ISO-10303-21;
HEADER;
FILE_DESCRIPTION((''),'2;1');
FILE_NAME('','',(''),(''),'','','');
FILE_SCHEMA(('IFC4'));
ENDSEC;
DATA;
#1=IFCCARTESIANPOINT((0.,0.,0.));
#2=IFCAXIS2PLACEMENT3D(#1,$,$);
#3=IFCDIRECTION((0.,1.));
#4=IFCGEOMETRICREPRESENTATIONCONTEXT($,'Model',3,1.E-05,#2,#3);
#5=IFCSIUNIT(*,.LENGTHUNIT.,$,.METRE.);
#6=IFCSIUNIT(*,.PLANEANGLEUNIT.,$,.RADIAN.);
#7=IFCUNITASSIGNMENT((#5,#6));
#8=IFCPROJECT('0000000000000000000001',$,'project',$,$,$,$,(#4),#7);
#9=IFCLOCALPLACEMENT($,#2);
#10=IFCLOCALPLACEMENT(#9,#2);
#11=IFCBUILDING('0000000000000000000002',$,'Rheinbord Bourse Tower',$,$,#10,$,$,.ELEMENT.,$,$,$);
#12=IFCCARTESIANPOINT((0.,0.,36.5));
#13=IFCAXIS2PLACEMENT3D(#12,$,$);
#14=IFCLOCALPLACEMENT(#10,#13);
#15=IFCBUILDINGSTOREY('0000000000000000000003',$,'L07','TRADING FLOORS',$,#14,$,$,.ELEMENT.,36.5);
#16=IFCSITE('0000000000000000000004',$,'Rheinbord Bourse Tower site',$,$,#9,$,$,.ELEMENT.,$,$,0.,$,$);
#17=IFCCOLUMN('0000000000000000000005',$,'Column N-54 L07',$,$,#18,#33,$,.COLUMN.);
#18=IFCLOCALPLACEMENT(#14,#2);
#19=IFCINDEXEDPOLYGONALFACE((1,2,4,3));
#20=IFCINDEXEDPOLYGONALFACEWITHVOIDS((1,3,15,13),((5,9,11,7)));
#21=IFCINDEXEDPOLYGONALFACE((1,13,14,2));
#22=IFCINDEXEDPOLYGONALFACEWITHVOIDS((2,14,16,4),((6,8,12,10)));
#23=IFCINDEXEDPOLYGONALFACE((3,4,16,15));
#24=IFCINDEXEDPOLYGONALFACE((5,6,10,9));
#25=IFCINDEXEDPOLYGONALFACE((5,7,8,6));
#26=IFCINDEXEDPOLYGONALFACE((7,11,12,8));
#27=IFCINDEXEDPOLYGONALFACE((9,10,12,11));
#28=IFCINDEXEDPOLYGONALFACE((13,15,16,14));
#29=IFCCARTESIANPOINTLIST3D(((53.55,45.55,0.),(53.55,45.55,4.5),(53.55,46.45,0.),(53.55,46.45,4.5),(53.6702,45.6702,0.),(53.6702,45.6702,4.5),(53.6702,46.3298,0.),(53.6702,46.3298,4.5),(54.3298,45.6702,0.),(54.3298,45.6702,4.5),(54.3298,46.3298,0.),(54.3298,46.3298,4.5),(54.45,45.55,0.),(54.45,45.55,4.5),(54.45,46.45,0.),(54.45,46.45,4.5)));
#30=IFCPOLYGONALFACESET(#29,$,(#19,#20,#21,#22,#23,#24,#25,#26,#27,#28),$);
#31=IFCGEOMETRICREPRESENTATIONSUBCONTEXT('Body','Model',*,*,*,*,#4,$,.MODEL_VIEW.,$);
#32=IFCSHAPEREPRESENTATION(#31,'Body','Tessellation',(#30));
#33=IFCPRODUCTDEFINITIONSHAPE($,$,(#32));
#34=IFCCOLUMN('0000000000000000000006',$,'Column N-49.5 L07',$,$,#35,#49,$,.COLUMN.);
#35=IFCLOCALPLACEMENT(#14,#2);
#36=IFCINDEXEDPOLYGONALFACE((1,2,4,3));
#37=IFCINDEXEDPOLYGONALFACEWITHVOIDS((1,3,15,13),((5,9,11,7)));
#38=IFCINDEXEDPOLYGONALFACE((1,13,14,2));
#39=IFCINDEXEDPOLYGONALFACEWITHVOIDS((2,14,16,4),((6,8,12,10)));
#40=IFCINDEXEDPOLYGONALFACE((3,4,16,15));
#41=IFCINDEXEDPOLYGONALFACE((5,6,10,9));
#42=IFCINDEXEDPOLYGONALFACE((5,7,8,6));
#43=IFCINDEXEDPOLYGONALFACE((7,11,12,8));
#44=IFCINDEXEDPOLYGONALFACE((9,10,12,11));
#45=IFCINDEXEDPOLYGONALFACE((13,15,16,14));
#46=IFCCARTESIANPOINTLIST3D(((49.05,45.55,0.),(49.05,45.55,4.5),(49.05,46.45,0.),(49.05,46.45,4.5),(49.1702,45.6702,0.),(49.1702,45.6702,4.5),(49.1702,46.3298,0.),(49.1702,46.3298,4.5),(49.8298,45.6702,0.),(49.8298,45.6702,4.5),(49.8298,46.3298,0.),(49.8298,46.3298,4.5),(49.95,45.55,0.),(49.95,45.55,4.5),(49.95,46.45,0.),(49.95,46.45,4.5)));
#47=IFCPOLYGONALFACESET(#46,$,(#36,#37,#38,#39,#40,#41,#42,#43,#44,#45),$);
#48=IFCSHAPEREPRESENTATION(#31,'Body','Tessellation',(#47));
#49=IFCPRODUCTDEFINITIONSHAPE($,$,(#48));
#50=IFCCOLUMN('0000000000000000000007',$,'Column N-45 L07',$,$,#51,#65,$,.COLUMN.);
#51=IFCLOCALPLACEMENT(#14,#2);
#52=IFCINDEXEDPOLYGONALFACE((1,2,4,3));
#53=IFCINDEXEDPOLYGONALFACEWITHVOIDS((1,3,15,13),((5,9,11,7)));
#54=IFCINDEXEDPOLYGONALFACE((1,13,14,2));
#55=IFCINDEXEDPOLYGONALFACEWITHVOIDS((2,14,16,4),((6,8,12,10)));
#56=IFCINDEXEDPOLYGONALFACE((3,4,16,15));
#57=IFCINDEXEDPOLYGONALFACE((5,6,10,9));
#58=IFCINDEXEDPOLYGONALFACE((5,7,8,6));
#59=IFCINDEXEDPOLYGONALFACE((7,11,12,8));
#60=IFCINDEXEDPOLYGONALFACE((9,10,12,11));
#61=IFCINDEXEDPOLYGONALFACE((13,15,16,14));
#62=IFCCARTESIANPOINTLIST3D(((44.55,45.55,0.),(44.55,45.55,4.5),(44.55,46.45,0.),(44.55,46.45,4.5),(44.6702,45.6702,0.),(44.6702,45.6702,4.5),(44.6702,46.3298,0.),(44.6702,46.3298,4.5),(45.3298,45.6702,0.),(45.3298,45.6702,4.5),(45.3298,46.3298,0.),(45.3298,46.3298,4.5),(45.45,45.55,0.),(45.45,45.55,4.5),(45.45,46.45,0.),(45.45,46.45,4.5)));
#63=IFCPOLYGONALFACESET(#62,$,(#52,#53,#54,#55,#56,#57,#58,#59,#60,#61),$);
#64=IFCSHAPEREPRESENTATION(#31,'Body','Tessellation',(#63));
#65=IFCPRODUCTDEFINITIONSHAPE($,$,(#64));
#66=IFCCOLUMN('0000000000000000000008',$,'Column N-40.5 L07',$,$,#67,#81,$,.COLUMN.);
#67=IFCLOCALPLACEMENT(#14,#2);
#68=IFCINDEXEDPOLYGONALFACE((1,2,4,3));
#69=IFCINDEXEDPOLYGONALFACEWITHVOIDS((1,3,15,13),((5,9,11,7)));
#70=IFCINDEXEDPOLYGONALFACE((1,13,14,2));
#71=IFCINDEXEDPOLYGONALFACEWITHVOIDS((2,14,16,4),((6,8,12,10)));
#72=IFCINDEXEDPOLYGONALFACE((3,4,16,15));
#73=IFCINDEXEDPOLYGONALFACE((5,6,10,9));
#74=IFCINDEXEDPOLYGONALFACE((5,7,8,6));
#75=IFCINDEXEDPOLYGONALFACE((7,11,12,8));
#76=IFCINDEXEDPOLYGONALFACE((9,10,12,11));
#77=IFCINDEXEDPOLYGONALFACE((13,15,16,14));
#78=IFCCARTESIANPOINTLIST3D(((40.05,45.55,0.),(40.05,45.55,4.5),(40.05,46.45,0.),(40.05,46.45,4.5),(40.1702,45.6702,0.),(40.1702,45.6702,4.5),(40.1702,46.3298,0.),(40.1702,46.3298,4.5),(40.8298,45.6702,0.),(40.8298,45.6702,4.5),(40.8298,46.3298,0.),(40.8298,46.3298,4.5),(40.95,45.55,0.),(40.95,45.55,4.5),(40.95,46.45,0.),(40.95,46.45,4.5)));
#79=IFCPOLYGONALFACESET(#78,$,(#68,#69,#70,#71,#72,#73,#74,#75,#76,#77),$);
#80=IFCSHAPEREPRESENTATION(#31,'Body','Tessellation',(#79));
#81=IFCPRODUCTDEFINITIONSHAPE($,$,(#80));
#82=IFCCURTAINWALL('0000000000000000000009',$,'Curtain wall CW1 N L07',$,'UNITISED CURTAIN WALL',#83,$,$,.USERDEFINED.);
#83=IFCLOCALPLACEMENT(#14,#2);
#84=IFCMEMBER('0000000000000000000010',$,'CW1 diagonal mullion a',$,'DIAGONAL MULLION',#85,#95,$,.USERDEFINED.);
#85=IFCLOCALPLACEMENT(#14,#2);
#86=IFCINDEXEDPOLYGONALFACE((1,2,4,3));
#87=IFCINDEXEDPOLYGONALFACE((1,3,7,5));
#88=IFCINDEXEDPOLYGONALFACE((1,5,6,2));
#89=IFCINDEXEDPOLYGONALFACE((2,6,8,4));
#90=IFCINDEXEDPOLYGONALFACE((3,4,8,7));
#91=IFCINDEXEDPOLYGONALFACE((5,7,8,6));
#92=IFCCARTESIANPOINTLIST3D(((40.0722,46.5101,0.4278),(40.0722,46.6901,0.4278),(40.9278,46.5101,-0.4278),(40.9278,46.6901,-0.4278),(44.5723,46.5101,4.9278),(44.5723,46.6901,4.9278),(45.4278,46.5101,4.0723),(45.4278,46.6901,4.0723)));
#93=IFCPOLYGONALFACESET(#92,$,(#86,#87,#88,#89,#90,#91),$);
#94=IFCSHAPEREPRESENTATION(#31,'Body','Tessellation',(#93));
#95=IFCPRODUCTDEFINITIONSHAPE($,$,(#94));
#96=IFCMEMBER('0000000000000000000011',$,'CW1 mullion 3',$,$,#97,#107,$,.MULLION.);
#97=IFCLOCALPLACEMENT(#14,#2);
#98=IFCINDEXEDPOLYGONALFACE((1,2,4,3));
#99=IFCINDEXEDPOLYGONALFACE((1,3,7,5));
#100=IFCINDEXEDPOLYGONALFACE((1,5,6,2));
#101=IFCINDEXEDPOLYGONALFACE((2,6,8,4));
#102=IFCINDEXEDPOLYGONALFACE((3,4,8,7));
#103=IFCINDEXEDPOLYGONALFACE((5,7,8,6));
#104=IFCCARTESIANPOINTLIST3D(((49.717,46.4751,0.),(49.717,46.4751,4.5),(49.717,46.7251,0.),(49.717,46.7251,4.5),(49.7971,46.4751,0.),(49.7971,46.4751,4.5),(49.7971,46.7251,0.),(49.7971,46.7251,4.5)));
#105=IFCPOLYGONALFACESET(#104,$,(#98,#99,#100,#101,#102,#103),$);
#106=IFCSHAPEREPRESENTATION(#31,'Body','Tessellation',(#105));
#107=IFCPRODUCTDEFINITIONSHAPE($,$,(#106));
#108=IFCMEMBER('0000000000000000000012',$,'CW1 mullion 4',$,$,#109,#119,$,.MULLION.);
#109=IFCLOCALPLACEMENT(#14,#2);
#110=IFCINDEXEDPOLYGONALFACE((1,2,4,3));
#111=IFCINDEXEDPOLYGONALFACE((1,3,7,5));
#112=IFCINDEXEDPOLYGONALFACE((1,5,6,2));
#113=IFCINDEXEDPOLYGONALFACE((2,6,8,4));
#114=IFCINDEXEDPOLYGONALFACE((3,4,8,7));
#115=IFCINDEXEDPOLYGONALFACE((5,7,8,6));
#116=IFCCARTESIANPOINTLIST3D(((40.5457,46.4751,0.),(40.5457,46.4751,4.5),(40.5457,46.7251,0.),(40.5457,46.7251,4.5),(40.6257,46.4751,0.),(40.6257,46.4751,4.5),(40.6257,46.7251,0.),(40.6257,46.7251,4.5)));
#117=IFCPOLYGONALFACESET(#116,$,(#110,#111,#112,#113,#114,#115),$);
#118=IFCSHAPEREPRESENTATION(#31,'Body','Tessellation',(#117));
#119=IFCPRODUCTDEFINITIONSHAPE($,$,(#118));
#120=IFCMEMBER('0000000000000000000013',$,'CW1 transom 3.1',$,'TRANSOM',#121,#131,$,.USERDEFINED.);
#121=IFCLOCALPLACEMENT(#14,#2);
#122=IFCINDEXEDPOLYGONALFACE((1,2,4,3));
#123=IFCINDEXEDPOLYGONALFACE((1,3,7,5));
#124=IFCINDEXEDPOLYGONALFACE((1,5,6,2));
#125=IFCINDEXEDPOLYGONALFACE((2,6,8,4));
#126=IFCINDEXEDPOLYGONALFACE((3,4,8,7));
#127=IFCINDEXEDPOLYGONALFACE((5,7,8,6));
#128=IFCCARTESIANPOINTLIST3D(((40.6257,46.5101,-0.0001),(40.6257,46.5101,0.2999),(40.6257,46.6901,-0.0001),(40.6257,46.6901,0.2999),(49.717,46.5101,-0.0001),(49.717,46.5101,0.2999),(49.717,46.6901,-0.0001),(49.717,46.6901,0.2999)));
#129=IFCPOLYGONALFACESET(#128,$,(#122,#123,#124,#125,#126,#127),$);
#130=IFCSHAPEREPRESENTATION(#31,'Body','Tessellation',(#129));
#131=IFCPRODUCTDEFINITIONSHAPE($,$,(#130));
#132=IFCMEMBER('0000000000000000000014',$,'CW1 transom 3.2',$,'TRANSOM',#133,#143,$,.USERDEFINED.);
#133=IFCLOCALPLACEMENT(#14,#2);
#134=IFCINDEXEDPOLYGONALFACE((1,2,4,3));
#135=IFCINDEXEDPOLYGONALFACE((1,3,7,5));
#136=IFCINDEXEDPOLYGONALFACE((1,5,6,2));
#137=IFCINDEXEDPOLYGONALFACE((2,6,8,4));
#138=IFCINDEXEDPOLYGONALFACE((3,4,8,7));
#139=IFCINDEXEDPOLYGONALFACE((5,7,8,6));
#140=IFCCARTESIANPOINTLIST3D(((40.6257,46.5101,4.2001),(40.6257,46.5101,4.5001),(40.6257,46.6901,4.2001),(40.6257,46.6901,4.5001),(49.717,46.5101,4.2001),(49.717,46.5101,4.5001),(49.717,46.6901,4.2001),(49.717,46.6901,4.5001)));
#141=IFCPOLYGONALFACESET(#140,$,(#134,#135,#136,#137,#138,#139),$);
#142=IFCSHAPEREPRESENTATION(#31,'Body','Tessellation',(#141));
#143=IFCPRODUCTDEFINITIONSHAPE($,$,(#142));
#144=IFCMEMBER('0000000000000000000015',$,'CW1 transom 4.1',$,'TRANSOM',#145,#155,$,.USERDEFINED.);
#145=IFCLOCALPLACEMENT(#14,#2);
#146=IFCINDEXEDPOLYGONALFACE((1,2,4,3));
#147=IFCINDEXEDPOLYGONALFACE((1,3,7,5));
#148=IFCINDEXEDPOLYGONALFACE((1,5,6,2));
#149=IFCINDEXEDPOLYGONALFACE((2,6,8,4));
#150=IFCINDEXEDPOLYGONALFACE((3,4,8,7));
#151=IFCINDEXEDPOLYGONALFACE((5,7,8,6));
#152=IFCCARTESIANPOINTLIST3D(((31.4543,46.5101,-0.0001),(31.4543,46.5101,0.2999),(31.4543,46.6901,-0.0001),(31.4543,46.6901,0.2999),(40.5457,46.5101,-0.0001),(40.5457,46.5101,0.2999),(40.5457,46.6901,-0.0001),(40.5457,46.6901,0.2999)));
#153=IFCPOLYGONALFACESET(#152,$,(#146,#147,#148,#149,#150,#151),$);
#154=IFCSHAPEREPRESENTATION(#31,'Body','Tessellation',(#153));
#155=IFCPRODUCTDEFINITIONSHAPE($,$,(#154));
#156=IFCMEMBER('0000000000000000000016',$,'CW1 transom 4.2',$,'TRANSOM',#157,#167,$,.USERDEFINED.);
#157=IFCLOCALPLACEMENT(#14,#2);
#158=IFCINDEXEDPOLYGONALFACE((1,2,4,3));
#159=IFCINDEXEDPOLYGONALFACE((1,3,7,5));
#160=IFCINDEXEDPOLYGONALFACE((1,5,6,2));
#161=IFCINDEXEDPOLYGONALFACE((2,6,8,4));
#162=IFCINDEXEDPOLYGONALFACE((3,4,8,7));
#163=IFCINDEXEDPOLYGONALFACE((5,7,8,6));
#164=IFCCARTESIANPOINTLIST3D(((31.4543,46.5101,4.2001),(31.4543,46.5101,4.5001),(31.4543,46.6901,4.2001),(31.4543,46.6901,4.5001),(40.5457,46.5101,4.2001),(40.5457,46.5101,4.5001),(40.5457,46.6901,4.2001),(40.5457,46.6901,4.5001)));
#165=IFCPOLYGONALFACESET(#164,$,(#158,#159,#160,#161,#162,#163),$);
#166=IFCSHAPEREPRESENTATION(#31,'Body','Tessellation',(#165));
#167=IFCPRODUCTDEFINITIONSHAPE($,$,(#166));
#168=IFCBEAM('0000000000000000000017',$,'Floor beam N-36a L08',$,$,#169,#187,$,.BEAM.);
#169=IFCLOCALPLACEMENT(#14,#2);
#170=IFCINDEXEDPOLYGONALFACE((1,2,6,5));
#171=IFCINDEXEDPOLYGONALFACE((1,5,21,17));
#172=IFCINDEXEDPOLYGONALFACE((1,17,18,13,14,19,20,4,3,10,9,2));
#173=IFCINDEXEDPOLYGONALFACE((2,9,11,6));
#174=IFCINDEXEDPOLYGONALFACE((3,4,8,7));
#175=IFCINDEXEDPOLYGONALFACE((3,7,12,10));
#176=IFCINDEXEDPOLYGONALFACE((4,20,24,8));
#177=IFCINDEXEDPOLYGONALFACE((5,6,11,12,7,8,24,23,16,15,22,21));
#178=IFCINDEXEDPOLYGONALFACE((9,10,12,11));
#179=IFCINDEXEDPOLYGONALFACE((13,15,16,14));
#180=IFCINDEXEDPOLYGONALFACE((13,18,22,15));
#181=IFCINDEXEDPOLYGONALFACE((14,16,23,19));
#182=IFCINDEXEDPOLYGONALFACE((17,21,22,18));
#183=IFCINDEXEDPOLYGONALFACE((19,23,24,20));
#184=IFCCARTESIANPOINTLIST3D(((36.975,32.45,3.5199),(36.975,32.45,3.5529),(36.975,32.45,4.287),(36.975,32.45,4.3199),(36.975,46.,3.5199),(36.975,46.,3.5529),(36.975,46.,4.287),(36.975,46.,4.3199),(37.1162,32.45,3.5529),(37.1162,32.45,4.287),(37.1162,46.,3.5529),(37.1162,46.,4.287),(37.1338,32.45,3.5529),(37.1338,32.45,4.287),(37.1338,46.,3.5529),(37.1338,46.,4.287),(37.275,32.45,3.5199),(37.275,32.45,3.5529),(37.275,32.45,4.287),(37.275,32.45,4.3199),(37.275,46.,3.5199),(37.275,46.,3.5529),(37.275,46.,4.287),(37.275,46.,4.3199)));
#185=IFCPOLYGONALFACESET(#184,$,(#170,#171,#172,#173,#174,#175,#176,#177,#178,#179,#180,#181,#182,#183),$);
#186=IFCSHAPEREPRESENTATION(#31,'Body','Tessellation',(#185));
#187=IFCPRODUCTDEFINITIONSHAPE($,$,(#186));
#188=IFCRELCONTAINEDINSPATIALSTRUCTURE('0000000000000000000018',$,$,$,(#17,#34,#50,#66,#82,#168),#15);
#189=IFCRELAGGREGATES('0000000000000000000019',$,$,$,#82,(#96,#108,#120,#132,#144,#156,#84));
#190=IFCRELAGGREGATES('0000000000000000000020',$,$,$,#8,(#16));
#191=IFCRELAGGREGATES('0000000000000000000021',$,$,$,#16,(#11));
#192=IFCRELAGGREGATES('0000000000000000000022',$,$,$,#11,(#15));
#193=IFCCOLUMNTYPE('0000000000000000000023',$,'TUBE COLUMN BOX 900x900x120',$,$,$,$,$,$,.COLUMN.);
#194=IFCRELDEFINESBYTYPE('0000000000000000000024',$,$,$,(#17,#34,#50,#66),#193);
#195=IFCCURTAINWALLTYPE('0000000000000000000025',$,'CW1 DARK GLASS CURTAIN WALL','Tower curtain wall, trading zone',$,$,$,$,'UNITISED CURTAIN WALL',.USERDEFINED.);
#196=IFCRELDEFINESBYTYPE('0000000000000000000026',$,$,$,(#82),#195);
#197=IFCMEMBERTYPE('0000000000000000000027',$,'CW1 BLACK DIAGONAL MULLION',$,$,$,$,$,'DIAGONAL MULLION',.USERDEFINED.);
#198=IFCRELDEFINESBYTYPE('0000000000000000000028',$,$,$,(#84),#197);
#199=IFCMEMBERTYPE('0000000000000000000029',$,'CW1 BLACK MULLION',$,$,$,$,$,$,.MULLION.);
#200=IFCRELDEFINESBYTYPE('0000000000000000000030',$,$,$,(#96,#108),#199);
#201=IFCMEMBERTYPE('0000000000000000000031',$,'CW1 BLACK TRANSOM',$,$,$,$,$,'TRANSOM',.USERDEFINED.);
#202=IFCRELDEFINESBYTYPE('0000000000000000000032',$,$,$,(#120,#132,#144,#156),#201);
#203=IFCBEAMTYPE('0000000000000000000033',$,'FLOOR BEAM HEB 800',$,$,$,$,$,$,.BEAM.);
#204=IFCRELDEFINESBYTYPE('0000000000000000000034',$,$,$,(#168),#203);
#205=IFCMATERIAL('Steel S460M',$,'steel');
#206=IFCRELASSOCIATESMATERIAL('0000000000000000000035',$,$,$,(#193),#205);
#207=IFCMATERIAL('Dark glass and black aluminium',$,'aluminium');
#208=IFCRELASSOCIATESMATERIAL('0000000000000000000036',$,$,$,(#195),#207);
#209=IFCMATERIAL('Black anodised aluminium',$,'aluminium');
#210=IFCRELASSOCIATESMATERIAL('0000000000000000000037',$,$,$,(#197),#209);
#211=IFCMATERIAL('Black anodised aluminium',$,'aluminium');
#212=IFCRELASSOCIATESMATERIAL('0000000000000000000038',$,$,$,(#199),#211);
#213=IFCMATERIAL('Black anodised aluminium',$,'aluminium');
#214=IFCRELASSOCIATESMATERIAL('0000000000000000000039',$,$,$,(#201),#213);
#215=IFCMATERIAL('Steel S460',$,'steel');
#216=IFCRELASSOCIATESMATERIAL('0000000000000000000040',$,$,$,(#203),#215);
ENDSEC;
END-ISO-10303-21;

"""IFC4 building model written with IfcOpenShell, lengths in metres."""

from ifc_helpers import new_model, si_unit, direction, frame, origin, origin_2d, place, context, subcontext, project, spatial, rectangle, hollow_rectangle, i_section, extrude, material, material_profile, profile_set, type_object, element, aggregate, save


model = new_model("IFC4")

# Units and contexts
model_context = context("Model", 3, precision=1e-05, world=origin(), true_north=direction((0.0, 1.0)))
body_context = subcontext(model_context, "Body", "Model", "MODEL_VIEW")
ifc_project = project(units=[si_unit("LENGTHUNIT", "METRE"), si_unit("PLANEANGLEUNIT", "RADIAN")], contexts=[model_context])

# Site, building, storey
site_placement = place(None, origin())
site = spatial("IfcSite", under=ifc_project, at=site_placement, Name="Rheinbord Bourse Tower site", CompositionType="ELEMENT", RefElevation=0.0)
building_placement = place(site_placement, origin())
building = spatial("IfcBuilding", under=site, at=building_placement, Name="Rheinbord Bourse Tower", CompositionType="ELEMENT")
storey_placement = place(building_placement, frame((0.0, 0.0, 36.5)))
storey = spatial("IfcBuildingStorey", under=building, at=storey_placement, Name="L07", Description="TRADING FLOORS", CompositionType="ELEMENT", Elevation=36.5)

# Columns
ifc_material_1 = material(Name="Steel S460M", Category="steel")
ifc_material_profile_1 = material_profile(ifc_material_1, hollow_rectangle(XDim=0.8999, YDim=0.8999, WallThickness=0.1201, at=origin_2d()), Name="BOX 900x900x120")
ifc_profile_set_1 = profile_set([ifc_material_profile_1], Name="Steel S460M")
column_type = type_object("IfcColumnType", Name="TUBE COLUMN BOX 900x900x120", PredefinedType="COLUMN", material=ifc_profile_set_1)
for number, where, z_axis, x_axis, name in (
    (1, (54.0, 46.0, 0.0), (0.0, 0.0, 1.0), (0.0, 1.0, 0.0), "Column N-54 L07"),
    (2, (49.5, 46.0, 0.0), (0.0, 0.0, 1.0), (0.0, 1.0, 0.0), "Column N-49.5 L07"),
    (3, (45.0, 46.0, 0.0), (0.0, 0.0, 1.0), (0.0, 1.0, 0.0), "Column N-45 L07"),
    (4, (40.5, 46.0, 0.0), (0.0, 0.0, 1.0), (0.0, 1.0, 0.0), "Column N-40.5 L07"),
):
    element("IfcColumn", number, at=place(storey_placement, frame(where, z_axis=z_axis, x_axis=x_axis)), inside=storey, type_object=column_type, Name=name, PredefinedType="COLUMN", context=body_context, shape_type="SweptSolid", body=[
        extrude(hollow_rectangle(XDim=0.8999, YDim=0.8999, WallThickness=0.1201, at=origin_2d()), origin(), (0.0, 0.0, 1.0), 4.5),
    ])

# Curtain wall, members
ifc_material_2 = material(Name="Dark glass and black aluminium", Category="aluminium")
curtain_wall_type = type_object("IfcCurtainWallType", Name="CW1 DARK GLASS CURTAIN WALL", Description="Tower curtain wall, trading zone", ElementType="UNITISED CURTAIN WALL", PredefinedType="USERDEFINED", material=ifc_material_2)
curtain_wall_placement = place(storey_placement, origin())
curtain_wall = element("IfcCurtainWall", 5, at=curtain_wall_placement, inside=storey, type_object=curtain_wall_type, Name="Curtain wall CW1 N L07", ObjectType="UNITISED CURTAIN WALL", PredefinedType="USERDEFINED")
ifc_material_3 = material(Name="Black anodised aluminium", Category="aluminium")
ifc_material_profile_2 = material_profile(ifc_material_3, rectangle(XDim=0.1799, YDim=1.21, at=origin_2d()), Name="CW1 DIAGONAL MULLION 1210x180")
ifc_profile_set_2 = profile_set([ifc_material_profile_2], Name="Black anodised aluminium")
member_type_1 = type_object("IfcMemberType", Name="CW1 BLACK DIAGONAL MULLION", ElementType="DIAGONAL MULLION", PredefinedType="USERDEFINED", material=ifc_profile_set_2)
member_1_placement = place(storey_placement, frame((40.5, 46.6001, 0.0), z_axis=(0.707107, 0.0, 0.707107), x_axis=(0.0, 1.0, 0.0)))
member_1 = element("IfcMember", 6, at=member_1_placement, type_object=member_type_1, Name="CW1 diagonal mullion a", ObjectType="DIAGONAL MULLION", PredefinedType="USERDEFINED", context=body_context, shape_type="SweptSolid", body=[
    extrude(rectangle(XDim=0.1799, YDim=1.21, at=origin_2d()), origin(), (0.0, 0.0, 1.0), 6.364),
])
ifc_material_4 = material(Name="Black anodised aluminium", Category="aluminium")
ifc_material_profile_3 = material_profile(ifc_material_4, rectangle(XDim=0.25, YDim=0.0801, at=origin_2d()), Name="CW1 MULLION 80x250")
ifc_profile_set_3 = profile_set([ifc_material_profile_3], Name="Black anodised aluminium")
member_type_2 = type_object("IfcMemberType", Name="CW1 BLACK MULLION", PredefinedType="MULLION", material=ifc_profile_set_3)
member_2_placement = place(storey_placement, frame((49.7571, 46.6001, 0.0), z_axis=(0.0, 0.0, 1.0), x_axis=(0.0, -1.0, 0.0)))
member_2 = element("IfcMember", 7, at=member_2_placement, type_object=member_type_2, Name="CW1 mullion 3", PredefinedType="MULLION", context=body_context, shape_type="SweptSolid", body=[
    extrude(rectangle(XDim=0.25, YDim=0.0801, at=origin_2d()), origin(), (0.0, 0.0, 1.0), 4.5),
])
member_3_placement = place(storey_placement, frame((40.5857, 46.6001, 0.0), z_axis=(0.0, 0.0, 1.0), x_axis=(0.0, -1.0, 0.0)))
member_3 = element("IfcMember", 8, at=member_3_placement, type_object=member_type_2, Name="CW1 mullion 4", PredefinedType="MULLION", context=body_context, shape_type="SweptSolid", body=[
    extrude(rectangle(XDim=0.25, YDim=0.0801, at=origin_2d()), origin(), (0.0, 0.0, 1.0), 4.5),
])
ifc_material_5 = material(Name="Black anodised aluminium", Category="aluminium")
ifc_material_profile_4 = material_profile(ifc_material_5, rectangle(XDim=0.1799, YDim=0.3, at=origin_2d()), Name="CW1 TRANSOM 300x180")
ifc_profile_set_4 = profile_set([ifc_material_profile_4], Name="Black anodised aluminium")
member_type_3 = type_object("IfcMemberType", Name="CW1 BLACK TRANSOM", ElementType="TRANSOM", PredefinedType="USERDEFINED", material=ifc_profile_set_4)
member_4_placement = place(storey_placement, frame((49.717, 46.6001, 0.1499), z_axis=(-1.0, 0.0, 0.0), x_axis=(0.0, -1.0, 0.0)))
member_4 = element("IfcMember", 9, at=member_4_placement, type_object=member_type_3, Name="CW1 transom 3.1", ObjectType="TRANSOM", PredefinedType="USERDEFINED", context=body_context, shape_type="SweptSolid", body=[
    extrude(rectangle(XDim=0.1799, YDim=0.3, at=origin_2d()), origin(), (0.0, 0.0, 1.0), 9.0913),
])
member_5_placement = place(storey_placement, frame((49.717, 46.6001, 4.3501), z_axis=(-1.0, 0.0, 0.0), x_axis=(0.0, -1.0, 0.0)))
member_5 = element("IfcMember", 10, at=member_5_placement, type_object=member_type_3, Name="CW1 transom 3.2", ObjectType="TRANSOM", PredefinedType="USERDEFINED", context=body_context, shape_type="SweptSolid", body=[
    extrude(rectangle(XDim=0.1799, YDim=0.3, at=origin_2d()), origin(), (0.0, 0.0, 1.0), 9.0913),
])
member_6_placement = place(storey_placement, frame((40.5457, 46.6001, 0.1499), z_axis=(-1.0, 0.0, 0.0), x_axis=(0.0, -1.0, 0.0)))
member_6 = element("IfcMember", 11, at=member_6_placement, type_object=member_type_3, Name="CW1 transom 4.1", ObjectType="TRANSOM", PredefinedType="USERDEFINED", context=body_context, shape_type="SweptSolid", body=[
    extrude(rectangle(XDim=0.1799, YDim=0.3, at=origin_2d()), origin(), (0.0, 0.0, 1.0), 9.0913),
])
member_7_placement = place(storey_placement, frame((40.5457, 46.6001, 4.3501), z_axis=(-1.0, 0.0, 0.0), x_axis=(0.0, -1.0, 0.0)))
member_7 = element("IfcMember", 12, at=member_7_placement, type_object=member_type_3, Name="CW1 transom 4.2", ObjectType="TRANSOM", PredefinedType="USERDEFINED", context=body_context, shape_type="SweptSolid", body=[
    extrude(rectangle(XDim=0.1799, YDim=0.3, at=origin_2d()), origin(), (0.0, 0.0, 1.0), 9.0913),
])

# Beam
ifc_material_6 = material(Name="Steel S460", Category="steel")
ifc_material_profile_5 = material_profile(ifc_material_6, i_section(OverallWidth=0.3, OverallDepth=0.8, WebThickness=0.0176, FlangeThickness=0.033, at=origin_2d()), Name="HEB 800")
ifc_profile_set_5 = profile_set([ifc_material_profile_5], Name="Steel S460")
beam_type_1 = type_object("IfcBeamType", Name="FLOOR BEAM HEB 800", PredefinedType="BEAM", material=ifc_profile_set_5)
for number, where, z_axis, x_axis, name in (
    (13, (37.125, 46.0, 3.9199), (0.0, -1.0, 0.0), (1.0, 0.0, 0.0), "Floor beam N-36a L08"),
):
    element("IfcBeam", number, at=place(storey_placement, frame(where, z_axis=z_axis, x_axis=x_axis)), inside=storey, type_object=beam_type_1, Name=name, PredefinedType="BEAM", context=body_context, shape_type="SweptSolid", body=[
        extrude(i_section(OverallWidth=0.3, OverallDepth=0.8, WebThickness=0.0176, FlangeThickness=0.033, at=origin_2d()), origin(), (0.0, 0.0, 1.0), 13.55),
    ])

aggregate(curtain_wall, [member_2, member_3, member_4, member_5, member_6, member_7, member_1])

save(model, "model.ifc")
